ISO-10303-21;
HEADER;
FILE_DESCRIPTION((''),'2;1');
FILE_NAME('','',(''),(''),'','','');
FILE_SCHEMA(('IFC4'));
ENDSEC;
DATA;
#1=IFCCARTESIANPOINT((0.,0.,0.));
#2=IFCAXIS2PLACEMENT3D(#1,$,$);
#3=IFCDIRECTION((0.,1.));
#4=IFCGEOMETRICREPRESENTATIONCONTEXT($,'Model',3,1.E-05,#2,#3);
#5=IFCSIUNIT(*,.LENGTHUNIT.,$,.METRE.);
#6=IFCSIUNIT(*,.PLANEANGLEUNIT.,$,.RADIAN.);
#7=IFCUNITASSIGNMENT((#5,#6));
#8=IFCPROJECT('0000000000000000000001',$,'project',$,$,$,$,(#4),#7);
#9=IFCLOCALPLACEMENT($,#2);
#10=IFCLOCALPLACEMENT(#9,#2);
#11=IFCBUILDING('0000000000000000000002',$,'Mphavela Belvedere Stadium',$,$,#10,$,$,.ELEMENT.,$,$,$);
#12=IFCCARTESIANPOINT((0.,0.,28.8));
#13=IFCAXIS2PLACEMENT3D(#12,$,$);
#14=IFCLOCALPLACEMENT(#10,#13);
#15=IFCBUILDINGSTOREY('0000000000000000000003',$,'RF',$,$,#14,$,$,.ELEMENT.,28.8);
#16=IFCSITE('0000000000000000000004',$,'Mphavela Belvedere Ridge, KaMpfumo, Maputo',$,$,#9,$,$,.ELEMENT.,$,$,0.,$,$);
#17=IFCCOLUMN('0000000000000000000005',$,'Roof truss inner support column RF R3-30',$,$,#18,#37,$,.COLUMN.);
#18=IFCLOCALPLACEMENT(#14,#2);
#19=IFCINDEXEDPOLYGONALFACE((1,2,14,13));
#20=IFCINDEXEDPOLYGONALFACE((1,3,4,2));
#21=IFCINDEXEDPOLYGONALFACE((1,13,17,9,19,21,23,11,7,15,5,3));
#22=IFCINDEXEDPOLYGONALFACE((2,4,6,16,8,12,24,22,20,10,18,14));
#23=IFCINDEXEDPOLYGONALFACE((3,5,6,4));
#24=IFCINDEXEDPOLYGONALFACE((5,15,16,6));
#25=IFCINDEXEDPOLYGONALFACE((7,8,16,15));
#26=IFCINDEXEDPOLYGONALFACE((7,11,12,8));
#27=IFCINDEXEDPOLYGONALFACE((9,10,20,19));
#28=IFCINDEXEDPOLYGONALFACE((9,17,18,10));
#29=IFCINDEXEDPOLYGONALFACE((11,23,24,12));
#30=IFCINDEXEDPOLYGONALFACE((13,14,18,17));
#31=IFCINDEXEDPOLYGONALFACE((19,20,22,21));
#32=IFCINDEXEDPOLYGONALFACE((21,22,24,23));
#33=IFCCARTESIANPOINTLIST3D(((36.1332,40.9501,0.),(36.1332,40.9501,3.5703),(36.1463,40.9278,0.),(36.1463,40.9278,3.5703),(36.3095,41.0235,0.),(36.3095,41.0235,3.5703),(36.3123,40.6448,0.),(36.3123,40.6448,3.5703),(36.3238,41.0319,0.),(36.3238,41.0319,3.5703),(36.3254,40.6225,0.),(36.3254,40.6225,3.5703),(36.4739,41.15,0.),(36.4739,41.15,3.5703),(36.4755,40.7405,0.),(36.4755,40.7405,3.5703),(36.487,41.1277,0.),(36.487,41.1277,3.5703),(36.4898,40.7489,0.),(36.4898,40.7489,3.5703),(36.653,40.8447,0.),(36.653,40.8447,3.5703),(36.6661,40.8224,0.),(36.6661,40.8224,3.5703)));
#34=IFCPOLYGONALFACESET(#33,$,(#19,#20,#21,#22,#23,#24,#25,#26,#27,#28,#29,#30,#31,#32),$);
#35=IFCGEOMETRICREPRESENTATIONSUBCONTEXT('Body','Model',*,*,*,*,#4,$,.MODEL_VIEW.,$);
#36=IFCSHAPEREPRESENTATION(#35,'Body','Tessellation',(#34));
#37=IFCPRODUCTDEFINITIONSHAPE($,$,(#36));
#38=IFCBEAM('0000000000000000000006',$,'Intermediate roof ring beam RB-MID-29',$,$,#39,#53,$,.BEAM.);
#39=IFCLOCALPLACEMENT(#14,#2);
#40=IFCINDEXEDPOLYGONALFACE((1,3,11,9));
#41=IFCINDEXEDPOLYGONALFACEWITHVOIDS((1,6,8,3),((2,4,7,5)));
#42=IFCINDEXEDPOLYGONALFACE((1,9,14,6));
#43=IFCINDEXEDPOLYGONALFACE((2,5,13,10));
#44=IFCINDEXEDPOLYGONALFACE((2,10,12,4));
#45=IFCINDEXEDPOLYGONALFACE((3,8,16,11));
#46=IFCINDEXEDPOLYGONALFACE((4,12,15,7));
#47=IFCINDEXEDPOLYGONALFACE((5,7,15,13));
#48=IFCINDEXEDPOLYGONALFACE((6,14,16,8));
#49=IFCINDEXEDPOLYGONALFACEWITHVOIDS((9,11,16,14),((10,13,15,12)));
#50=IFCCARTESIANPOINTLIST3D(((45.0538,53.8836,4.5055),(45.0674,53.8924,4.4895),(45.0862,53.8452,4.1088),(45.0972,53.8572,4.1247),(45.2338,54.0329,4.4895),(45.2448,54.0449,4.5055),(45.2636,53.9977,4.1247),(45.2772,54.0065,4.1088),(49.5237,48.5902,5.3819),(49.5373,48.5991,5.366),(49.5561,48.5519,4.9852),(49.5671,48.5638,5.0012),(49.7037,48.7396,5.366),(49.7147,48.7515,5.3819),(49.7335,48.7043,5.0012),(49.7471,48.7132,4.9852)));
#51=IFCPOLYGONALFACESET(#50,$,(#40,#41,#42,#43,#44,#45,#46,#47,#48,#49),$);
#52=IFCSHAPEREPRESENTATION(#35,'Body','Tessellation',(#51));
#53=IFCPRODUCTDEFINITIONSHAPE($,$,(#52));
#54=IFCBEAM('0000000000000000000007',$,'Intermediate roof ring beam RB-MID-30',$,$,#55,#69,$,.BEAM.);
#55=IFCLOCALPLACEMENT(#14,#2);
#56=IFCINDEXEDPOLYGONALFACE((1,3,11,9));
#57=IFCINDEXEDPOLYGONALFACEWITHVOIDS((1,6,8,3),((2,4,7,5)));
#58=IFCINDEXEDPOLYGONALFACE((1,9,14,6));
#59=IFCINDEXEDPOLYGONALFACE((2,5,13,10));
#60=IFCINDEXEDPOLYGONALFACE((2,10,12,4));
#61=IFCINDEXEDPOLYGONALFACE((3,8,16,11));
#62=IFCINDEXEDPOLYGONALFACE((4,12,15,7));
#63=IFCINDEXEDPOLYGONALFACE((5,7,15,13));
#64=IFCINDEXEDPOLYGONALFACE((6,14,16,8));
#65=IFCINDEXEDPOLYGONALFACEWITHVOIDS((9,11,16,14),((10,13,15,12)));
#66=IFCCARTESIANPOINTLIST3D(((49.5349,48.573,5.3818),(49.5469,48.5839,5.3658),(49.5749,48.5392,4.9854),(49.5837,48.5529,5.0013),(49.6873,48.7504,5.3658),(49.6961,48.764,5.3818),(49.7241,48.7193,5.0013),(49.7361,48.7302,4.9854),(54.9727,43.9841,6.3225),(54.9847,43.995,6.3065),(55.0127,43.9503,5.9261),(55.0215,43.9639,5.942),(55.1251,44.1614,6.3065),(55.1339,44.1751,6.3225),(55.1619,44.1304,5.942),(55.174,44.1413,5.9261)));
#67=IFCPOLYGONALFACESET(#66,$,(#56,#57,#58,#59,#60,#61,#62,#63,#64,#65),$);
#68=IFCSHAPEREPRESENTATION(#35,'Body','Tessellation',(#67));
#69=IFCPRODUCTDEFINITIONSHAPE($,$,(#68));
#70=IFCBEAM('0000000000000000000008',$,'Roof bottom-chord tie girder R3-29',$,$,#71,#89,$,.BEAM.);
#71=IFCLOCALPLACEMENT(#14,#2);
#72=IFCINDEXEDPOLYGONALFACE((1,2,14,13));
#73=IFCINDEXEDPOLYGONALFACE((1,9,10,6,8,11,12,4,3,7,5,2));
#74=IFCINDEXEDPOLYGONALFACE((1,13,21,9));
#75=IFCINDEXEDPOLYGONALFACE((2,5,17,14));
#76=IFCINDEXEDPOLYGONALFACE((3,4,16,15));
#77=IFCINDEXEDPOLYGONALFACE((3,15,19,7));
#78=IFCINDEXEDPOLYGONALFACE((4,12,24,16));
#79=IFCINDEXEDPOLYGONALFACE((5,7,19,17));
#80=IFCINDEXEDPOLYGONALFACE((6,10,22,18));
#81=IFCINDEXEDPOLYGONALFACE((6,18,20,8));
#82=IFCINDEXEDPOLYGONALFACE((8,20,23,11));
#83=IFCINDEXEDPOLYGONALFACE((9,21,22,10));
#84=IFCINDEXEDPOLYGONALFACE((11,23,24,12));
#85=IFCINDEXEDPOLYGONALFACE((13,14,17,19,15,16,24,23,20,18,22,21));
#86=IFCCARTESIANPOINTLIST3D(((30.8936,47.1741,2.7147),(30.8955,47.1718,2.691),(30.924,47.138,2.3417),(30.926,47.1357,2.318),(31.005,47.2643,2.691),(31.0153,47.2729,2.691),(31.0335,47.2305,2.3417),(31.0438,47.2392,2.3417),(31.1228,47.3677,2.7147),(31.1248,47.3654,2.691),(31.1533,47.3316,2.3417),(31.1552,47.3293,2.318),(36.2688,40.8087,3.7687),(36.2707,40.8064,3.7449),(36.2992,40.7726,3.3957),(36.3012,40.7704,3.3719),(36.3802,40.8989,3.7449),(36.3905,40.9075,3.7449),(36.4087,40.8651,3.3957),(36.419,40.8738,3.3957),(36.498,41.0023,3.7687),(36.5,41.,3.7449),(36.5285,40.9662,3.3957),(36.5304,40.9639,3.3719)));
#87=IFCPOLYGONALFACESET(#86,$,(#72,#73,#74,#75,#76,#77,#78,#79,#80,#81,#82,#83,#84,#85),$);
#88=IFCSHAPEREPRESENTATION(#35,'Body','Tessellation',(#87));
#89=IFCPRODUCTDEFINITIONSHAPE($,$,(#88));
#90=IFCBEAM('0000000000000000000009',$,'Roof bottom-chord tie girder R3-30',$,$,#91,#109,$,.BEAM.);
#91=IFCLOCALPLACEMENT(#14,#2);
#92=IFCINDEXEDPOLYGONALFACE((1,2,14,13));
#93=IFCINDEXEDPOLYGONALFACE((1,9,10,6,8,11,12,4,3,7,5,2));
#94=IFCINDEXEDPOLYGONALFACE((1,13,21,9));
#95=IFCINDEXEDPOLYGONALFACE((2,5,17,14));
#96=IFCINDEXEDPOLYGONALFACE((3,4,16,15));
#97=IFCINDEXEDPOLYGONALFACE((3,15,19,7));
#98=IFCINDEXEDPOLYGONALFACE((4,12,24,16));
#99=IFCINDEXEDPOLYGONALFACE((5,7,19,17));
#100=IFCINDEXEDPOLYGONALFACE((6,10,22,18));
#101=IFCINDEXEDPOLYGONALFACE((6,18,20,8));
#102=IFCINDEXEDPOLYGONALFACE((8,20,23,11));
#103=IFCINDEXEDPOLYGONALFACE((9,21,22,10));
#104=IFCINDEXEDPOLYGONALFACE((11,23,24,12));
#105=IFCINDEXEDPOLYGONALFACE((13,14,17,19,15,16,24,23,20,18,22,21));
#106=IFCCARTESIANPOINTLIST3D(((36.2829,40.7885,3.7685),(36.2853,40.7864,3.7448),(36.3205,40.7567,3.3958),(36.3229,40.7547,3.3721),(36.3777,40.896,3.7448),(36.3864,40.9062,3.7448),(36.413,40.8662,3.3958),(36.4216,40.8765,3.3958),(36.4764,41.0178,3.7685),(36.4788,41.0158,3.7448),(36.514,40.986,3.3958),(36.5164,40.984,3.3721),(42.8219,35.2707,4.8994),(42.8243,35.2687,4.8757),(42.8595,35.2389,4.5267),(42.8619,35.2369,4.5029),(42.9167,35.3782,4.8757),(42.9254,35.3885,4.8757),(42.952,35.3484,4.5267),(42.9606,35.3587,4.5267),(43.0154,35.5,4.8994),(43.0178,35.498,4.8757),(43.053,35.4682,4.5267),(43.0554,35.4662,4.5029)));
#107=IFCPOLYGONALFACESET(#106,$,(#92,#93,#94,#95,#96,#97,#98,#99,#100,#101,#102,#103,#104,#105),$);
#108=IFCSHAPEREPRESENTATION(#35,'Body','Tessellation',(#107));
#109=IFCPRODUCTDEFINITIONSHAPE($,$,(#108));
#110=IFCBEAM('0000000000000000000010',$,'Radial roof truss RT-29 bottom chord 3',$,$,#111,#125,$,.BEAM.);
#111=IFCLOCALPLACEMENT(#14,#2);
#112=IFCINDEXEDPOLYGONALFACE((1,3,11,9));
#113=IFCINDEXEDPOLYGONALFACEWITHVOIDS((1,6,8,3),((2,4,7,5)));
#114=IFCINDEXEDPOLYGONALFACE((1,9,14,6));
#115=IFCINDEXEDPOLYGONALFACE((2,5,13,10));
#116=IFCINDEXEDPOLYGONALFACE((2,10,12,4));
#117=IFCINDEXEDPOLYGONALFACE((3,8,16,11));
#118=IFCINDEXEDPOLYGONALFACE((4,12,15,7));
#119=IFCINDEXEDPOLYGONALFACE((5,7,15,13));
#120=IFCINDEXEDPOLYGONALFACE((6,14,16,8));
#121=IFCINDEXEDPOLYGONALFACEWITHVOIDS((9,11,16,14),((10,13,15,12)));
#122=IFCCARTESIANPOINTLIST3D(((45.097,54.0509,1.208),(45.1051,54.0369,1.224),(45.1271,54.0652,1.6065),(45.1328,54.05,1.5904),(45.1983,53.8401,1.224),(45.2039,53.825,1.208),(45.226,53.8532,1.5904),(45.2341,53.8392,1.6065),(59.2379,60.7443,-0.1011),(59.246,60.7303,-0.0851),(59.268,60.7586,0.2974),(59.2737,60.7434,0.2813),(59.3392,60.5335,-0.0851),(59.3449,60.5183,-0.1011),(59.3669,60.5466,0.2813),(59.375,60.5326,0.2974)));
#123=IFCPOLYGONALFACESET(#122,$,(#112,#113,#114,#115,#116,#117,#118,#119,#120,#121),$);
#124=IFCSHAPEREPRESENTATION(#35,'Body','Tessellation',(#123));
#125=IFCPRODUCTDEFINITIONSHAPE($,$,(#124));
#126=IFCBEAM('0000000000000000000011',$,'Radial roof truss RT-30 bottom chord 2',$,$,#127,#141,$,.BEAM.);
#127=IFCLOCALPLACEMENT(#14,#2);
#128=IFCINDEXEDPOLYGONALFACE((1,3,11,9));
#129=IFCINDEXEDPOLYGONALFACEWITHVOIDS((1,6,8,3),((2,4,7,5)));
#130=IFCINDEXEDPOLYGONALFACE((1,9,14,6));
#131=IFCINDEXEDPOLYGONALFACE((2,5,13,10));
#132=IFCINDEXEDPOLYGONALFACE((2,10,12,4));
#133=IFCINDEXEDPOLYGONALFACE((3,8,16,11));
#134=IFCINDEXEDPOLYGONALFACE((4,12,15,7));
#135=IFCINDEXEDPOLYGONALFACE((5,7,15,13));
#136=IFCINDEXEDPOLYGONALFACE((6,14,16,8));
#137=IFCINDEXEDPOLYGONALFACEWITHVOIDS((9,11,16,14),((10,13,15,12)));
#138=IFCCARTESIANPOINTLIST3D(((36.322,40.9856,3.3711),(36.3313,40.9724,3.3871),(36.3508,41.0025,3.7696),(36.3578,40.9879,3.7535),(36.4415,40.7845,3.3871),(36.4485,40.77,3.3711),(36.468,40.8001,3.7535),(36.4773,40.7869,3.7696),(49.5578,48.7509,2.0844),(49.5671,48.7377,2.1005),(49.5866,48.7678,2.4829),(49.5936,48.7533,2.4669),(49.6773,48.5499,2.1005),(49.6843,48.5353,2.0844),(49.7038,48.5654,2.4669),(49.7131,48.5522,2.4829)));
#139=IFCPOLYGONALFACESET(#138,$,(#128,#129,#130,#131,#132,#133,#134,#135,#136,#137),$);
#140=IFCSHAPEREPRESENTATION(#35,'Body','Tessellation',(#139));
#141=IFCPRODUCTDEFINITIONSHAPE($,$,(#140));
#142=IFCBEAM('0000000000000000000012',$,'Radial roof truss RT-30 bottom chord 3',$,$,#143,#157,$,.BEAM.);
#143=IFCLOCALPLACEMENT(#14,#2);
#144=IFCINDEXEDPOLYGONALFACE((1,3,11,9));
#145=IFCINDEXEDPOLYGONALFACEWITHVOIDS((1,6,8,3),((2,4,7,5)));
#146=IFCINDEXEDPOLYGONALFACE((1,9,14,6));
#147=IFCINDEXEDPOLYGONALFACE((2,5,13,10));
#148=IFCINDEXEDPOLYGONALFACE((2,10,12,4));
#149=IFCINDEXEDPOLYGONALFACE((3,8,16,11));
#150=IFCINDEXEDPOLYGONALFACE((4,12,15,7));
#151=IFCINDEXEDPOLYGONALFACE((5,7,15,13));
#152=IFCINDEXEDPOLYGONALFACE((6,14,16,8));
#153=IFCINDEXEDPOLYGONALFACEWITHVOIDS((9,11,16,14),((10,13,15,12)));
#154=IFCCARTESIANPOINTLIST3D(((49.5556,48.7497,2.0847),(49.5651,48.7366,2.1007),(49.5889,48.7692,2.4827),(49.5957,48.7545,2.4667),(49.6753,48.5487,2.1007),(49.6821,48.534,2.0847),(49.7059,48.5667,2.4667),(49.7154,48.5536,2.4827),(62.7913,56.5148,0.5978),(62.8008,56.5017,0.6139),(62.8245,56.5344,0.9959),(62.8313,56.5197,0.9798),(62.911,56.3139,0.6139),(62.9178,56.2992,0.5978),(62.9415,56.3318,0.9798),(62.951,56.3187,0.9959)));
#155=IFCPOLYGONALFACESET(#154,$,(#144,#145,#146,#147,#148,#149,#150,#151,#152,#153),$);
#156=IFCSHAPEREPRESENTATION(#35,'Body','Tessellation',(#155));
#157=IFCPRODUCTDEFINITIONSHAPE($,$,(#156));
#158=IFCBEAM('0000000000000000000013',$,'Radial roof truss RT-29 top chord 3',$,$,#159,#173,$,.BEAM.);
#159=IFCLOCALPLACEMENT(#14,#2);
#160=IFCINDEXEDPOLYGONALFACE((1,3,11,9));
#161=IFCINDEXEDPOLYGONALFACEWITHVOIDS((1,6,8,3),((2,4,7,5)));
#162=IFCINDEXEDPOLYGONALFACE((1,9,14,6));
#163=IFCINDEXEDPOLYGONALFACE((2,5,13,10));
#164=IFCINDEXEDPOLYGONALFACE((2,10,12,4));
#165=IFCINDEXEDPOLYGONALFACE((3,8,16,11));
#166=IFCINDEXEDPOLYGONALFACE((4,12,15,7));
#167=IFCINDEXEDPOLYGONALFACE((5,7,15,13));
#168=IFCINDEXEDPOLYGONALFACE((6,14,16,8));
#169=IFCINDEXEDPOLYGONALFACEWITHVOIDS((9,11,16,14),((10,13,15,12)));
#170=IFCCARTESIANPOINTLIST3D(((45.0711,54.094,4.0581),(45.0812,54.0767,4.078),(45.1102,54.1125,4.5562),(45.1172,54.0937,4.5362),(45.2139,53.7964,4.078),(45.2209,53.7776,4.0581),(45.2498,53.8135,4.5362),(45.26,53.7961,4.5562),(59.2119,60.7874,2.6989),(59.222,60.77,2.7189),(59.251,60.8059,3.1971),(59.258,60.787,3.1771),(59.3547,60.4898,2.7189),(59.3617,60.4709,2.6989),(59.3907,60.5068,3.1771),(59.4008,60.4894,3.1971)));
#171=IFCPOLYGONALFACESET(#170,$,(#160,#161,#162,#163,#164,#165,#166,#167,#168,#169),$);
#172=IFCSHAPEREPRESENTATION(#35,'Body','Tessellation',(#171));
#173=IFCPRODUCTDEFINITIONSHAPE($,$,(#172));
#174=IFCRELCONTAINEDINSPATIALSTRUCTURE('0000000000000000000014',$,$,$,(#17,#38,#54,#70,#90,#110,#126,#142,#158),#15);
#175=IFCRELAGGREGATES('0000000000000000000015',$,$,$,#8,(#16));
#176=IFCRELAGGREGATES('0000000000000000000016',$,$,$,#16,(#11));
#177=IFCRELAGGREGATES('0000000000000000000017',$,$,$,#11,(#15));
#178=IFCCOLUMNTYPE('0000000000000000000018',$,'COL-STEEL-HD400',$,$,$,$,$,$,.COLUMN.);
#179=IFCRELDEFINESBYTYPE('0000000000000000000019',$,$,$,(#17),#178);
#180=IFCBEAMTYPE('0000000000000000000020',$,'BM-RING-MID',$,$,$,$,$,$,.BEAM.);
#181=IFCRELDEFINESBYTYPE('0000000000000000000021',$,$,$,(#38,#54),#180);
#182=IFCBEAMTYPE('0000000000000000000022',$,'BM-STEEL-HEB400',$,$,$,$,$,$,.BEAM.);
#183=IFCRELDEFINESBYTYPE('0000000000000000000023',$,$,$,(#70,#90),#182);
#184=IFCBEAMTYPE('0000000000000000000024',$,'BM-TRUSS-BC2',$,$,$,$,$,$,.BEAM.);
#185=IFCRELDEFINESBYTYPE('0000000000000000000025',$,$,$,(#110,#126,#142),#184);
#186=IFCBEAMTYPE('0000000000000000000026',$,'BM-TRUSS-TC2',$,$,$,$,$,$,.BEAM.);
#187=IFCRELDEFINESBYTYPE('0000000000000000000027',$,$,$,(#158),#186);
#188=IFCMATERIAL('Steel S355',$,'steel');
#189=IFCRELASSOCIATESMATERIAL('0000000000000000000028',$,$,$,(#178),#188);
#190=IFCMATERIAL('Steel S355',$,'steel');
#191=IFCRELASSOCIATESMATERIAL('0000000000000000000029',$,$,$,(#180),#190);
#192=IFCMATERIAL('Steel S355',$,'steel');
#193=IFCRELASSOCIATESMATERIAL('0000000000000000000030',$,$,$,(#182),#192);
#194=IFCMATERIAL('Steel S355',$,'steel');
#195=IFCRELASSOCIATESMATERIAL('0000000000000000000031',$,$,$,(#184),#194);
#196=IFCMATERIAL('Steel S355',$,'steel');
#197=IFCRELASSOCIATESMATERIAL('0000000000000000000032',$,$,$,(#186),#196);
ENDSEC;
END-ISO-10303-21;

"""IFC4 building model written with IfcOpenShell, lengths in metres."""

from ifc_helpers import new_model, si_unit, direction, frame, origin, origin_2d, place, context, subcontext, project, spatial, hollow_rectangle, i_section, extrude, material, material_profile, profile_set, type_object, element, save


model = new_model("IFC4")

# Units and contexts
model_context = context("Model", 3, precision=1e-05, world=origin(), true_north=direction((0.0, 1.0)))
body_context = subcontext(model_context, "Body", "Model", "MODEL_VIEW")
ifc_project = project(units=[si_unit("LENGTHUNIT", "METRE"), si_unit("PLANEANGLEUNIT", "RADIAN")], contexts=[model_context])

# Site, building, storey
site_placement = place(None, origin())
site = spatial("IfcSite", under=ifc_project, at=site_placement, Name="Mphavela Belvedere Ridge, KaMpfumo, Maputo", CompositionType="ELEMENT", RefElevation=0.0)
building_placement = place(site_placement, origin())
building = spatial("IfcBuilding", under=site, at=building_placement, Name="Mphavela Belvedere Stadium", CompositionType="ELEMENT")
storey_placement = place(building_placement, frame((0.0, 0.0, 28.8)))
storey = spatial("IfcBuildingStorey", under=building, at=storey_placement, Name="RF", CompositionType="ELEMENT", Elevation=28.8)

# Column
ifc_material_1 = material(Name="Steel S355", Category="steel")
ifc_material_profile_1 = material_profile(ifc_material_1, i_section(OverallWidth=0.395, OverallDepth=0.3799, WebThickness=0.0166, FlangeThickness=0.0259, at=origin_2d()), Name="HD 400x237")
ifc_profile_set_1 = profile_set([ifc_material_profile_1], Name="Steel S355")
column_type = type_object("IfcColumnType", Name="COL-STEEL-HD400", PredefinedType="COLUMN", material=ifc_profile_set_1)
column_placement = place(storey_placement, frame((36.3997, 40.8862, 0.0), z_axis=(0.0, 0.0, 1.0), x_axis=(-0.862514, -0.506034, 0.0)))
element("IfcColumn", 1, at=column_placement, inside=storey, type_object=column_type, Name="Roof truss inner support column RF R3-30", PredefinedType="COLUMN", context=body_context, shape_type="SweptSolid", body=[
    extrude(i_section(OverallWidth=0.395, OverallDepth=0.3799, WebThickness=0.0166, FlangeThickness=0.0259, at=origin_2d()), origin(), (0.0, 0.0, 1.0), 3.5703),
])

# Beams
ifc_material_2 = material(Name="Steel S355", Category="steel")
ifc_material_profile_2 = material_profile(ifc_material_2, hollow_rectangle(XDim=0.25, YDim=0.3999, WallThickness=0.0161, at=origin_2d()), Name="RHS 400x250x16")
ifc_profile_set_2 = profile_set([ifc_material_profile_2], Name="Steel S355")
beam_type_1 = type_object("IfcBeamType", Name="BM-RING-MID", PredefinedType="BEAM", material=ifc_profile_set_2)
beam_1_placement = place(storey_placement, frame((45.1655, 53.9451, 4.3071), z_axis=(0.640074, -0.757993, 0.125505), x_axis=(0.764034, 0.645176, 0.0)))
element("IfcBeam", 2, at=beam_1_placement, inside=storey, type_object=beam_type_1, Name="Intermediate roof ring beam RB-MID-29", PredefinedType="BEAM", context=body_context, shape_type="SweptSolid", body=[
    extrude(hollow_rectangle(XDim=0.25, YDim=0.3999, WallThickness=0.0161, at=origin_2d()), origin(), (0.0, 0.0, 1.0), 6.9834),
])
beam_2_placement = place(storey_placement, frame((49.6355, 48.6516, 5.1836), z_axis=(0.757646, -0.639371, 0.131065), x_axis=(0.644934, 0.764238, 0.0)))
element("IfcBeam", 3, at=beam_2_placement, inside=storey, type_object=beam_type_1, Name="Intermediate roof ring beam RB-MID-30", PredefinedType="BEAM", context=body_context, shape_type="SweptSolid", body=[
    extrude(hollow_rectangle(XDim=0.25, YDim=0.3999, WallThickness=0.0161, at=origin_2d()), origin(), (0.0, 0.0, 1.0), 7.1772),
])
ifc_material_3 = material(Name="Steel S355", Category="steel")
ifc_material_profile_3 = material_profile(ifc_material_3, i_section(OverallWidth=0.3, OverallDepth=0.3999, WebThickness=0.0134, FlangeThickness=0.0239, at=origin_2d()), Name="HEB 400")
ifc_profile_set_3 = profile_set([ifc_material_profile_3], Name="Steel S355")
beam_type_2 = type_object("IfcBeamType", Name="BM-STEEL-HEB400", PredefinedType="BEAM", material=ifc_profile_set_3)
beam_3_placement = place(storey_placement, frame((31.0244, 47.2517, 2.5164), z_axis=(0.640076, -0.757992, 0.125503), x_axis=(0.764033, 0.645177, 0.0)))
element("IfcBeam", 4, at=beam_3_placement, inside=storey, type_object=beam_type_2, Name="Roof bottom-chord tie girder R3-29", PredefinedType="BEAM", context=body_context, shape_type="SweptSolid", body=[
    extrude(i_section(OverallWidth=0.3, OverallDepth=0.3999, WebThickness=0.0134, FlangeThickness=0.0239, at=origin_2d()), origin(), (0.0, 0.0, 1.0), 8.3977),
])
beam_4_placement = place(storey_placement, frame((36.3997, 40.8862, 3.5703), z_axis=(0.757674, -0.639344, 0.131031), x_axis=(0.644904, 0.764263, 0.0)))
element("IfcBeam", 5, at=beam_4_placement, inside=storey, type_object=beam_type_2, Name="Roof bottom-chord tie girder R3-30", PredefinedType="BEAM", context=body_context, shape_type="SweptSolid", body=[
    extrude(i_section(OverallWidth=0.3, OverallDepth=0.3999, WebThickness=0.0134, FlangeThickness=0.0239, at=origin_2d()), origin(), (0.0, 0.0, 1.0), 8.6304),
])
ifc_material_4 = material(Name="Steel S355", Category="steel")
ifc_material_profile_4 = material_profile(ifc_material_4, hollow_rectangle(XDim=0.25, YDim=0.3999, WallThickness=0.0161, at=origin_2d()), Name="RHS 400x250x16")
ifc_profile_set_4 = profile_set([ifc_material_profile_4], Name="Steel S355")
beam_type_3 = type_object("IfcBeamType", Name="BM-TRUSS-BC2", PredefinedType="BEAM", material=ifc_profile_set_4)
beam_5_placement = place(storey_placement, frame((45.1655, 53.9451, 1.4072), z_axis=(0.900713, 0.426338, -0.083383), x_axis=(-0.427828, 0.90386, 0.0)))
element("IfcBeam", 6, at=beam_5_placement, inside=storey, type_object=beam_type_3, Name="Radial roof truss RT-29 bottom chord 3", PredefinedType="BEAM", context=body_context, shape_type="SweptSolid", body=[
    extrude(hollow_rectangle(XDim=0.25, YDim=0.3999, WallThickness=0.0161, at=origin_2d()), origin(), (0.0, 0.0, 1.0), 15.6997),
])
beam_6_placement = place(storey_placement, frame((36.3997, 40.8862, 3.5703), z_axis=(0.859499, 0.504263, -0.08355), x_axis=(-0.506032, 0.862515, 0.0)))
element("IfcBeam", 7, at=beam_6_placement, inside=storey, type_object=beam_type_3, Name="Radial roof truss RT-30 bottom chord 2", PredefinedType="BEAM", context=body_context, shape_type="SweptSolid", body=[
    extrude(hollow_rectangle(XDim=0.25, YDim=0.3999, WallThickness=0.0161, at=origin_2d()), origin(), (0.0, 0.0, 1.0), 15.3994),
])
beam_7_placement = place(storey_placement, frame((49.6355, 48.6516, 2.2837), z_axis=(0.858497, 0.503668, -0.096439), x_axis=(-0.506027, 0.862518, 0.0)))
element("IfcBeam", 8, at=beam_7_placement, inside=storey, type_object=beam_type_3, Name="Radial roof truss RT-30 bottom chord 3", PredefinedType="BEAM", context=body_context, shape_type="SweptSolid", body=[
    extrude(hollow_rectangle(XDim=0.25, YDim=0.3999, WallThickness=0.0161, at=origin_2d()), origin(), (0.0, 0.0, 1.0), 15.4172),
])
ifc_material_5 = material(Name="Steel S355", Category="steel")
ifc_material_profile_5 = material_profile(ifc_material_5, hollow_rectangle(XDim=0.3501, YDim=0.5, WallThickness=0.02, at=origin_2d()), Name="RHS 500x350x20")
ifc_profile_set_5 = profile_set([ifc_material_profile_5], Name="Steel S355")
beam_type_4 = type_object("IfcBeamType", Name="BM-TRUSS-TC2", PredefinedType="BEAM", material=ifc_profile_set_5)
beam_8_placement = place(storey_placement, frame((45.1655, 53.9451, 4.3071), z_axis=(0.900469, 0.426223, -0.086547), x_axis=(-0.427828, 0.90386, 0.0)))
element("IfcBeam", 9, at=beam_8_placement, inside=storey, type_object=beam_type_4, Name="Radial roof truss RT-29 top chord 3", PredefinedType="BEAM", context=body_context, shape_type="SweptSolid", body=[
    extrude(hollow_rectangle(XDim=0.3501, YDim=0.5, WallThickness=0.02, at=origin_2d()), origin(), (0.0, 0.0, 1.0), 15.7039),
])

save(model, "model.ifc")
